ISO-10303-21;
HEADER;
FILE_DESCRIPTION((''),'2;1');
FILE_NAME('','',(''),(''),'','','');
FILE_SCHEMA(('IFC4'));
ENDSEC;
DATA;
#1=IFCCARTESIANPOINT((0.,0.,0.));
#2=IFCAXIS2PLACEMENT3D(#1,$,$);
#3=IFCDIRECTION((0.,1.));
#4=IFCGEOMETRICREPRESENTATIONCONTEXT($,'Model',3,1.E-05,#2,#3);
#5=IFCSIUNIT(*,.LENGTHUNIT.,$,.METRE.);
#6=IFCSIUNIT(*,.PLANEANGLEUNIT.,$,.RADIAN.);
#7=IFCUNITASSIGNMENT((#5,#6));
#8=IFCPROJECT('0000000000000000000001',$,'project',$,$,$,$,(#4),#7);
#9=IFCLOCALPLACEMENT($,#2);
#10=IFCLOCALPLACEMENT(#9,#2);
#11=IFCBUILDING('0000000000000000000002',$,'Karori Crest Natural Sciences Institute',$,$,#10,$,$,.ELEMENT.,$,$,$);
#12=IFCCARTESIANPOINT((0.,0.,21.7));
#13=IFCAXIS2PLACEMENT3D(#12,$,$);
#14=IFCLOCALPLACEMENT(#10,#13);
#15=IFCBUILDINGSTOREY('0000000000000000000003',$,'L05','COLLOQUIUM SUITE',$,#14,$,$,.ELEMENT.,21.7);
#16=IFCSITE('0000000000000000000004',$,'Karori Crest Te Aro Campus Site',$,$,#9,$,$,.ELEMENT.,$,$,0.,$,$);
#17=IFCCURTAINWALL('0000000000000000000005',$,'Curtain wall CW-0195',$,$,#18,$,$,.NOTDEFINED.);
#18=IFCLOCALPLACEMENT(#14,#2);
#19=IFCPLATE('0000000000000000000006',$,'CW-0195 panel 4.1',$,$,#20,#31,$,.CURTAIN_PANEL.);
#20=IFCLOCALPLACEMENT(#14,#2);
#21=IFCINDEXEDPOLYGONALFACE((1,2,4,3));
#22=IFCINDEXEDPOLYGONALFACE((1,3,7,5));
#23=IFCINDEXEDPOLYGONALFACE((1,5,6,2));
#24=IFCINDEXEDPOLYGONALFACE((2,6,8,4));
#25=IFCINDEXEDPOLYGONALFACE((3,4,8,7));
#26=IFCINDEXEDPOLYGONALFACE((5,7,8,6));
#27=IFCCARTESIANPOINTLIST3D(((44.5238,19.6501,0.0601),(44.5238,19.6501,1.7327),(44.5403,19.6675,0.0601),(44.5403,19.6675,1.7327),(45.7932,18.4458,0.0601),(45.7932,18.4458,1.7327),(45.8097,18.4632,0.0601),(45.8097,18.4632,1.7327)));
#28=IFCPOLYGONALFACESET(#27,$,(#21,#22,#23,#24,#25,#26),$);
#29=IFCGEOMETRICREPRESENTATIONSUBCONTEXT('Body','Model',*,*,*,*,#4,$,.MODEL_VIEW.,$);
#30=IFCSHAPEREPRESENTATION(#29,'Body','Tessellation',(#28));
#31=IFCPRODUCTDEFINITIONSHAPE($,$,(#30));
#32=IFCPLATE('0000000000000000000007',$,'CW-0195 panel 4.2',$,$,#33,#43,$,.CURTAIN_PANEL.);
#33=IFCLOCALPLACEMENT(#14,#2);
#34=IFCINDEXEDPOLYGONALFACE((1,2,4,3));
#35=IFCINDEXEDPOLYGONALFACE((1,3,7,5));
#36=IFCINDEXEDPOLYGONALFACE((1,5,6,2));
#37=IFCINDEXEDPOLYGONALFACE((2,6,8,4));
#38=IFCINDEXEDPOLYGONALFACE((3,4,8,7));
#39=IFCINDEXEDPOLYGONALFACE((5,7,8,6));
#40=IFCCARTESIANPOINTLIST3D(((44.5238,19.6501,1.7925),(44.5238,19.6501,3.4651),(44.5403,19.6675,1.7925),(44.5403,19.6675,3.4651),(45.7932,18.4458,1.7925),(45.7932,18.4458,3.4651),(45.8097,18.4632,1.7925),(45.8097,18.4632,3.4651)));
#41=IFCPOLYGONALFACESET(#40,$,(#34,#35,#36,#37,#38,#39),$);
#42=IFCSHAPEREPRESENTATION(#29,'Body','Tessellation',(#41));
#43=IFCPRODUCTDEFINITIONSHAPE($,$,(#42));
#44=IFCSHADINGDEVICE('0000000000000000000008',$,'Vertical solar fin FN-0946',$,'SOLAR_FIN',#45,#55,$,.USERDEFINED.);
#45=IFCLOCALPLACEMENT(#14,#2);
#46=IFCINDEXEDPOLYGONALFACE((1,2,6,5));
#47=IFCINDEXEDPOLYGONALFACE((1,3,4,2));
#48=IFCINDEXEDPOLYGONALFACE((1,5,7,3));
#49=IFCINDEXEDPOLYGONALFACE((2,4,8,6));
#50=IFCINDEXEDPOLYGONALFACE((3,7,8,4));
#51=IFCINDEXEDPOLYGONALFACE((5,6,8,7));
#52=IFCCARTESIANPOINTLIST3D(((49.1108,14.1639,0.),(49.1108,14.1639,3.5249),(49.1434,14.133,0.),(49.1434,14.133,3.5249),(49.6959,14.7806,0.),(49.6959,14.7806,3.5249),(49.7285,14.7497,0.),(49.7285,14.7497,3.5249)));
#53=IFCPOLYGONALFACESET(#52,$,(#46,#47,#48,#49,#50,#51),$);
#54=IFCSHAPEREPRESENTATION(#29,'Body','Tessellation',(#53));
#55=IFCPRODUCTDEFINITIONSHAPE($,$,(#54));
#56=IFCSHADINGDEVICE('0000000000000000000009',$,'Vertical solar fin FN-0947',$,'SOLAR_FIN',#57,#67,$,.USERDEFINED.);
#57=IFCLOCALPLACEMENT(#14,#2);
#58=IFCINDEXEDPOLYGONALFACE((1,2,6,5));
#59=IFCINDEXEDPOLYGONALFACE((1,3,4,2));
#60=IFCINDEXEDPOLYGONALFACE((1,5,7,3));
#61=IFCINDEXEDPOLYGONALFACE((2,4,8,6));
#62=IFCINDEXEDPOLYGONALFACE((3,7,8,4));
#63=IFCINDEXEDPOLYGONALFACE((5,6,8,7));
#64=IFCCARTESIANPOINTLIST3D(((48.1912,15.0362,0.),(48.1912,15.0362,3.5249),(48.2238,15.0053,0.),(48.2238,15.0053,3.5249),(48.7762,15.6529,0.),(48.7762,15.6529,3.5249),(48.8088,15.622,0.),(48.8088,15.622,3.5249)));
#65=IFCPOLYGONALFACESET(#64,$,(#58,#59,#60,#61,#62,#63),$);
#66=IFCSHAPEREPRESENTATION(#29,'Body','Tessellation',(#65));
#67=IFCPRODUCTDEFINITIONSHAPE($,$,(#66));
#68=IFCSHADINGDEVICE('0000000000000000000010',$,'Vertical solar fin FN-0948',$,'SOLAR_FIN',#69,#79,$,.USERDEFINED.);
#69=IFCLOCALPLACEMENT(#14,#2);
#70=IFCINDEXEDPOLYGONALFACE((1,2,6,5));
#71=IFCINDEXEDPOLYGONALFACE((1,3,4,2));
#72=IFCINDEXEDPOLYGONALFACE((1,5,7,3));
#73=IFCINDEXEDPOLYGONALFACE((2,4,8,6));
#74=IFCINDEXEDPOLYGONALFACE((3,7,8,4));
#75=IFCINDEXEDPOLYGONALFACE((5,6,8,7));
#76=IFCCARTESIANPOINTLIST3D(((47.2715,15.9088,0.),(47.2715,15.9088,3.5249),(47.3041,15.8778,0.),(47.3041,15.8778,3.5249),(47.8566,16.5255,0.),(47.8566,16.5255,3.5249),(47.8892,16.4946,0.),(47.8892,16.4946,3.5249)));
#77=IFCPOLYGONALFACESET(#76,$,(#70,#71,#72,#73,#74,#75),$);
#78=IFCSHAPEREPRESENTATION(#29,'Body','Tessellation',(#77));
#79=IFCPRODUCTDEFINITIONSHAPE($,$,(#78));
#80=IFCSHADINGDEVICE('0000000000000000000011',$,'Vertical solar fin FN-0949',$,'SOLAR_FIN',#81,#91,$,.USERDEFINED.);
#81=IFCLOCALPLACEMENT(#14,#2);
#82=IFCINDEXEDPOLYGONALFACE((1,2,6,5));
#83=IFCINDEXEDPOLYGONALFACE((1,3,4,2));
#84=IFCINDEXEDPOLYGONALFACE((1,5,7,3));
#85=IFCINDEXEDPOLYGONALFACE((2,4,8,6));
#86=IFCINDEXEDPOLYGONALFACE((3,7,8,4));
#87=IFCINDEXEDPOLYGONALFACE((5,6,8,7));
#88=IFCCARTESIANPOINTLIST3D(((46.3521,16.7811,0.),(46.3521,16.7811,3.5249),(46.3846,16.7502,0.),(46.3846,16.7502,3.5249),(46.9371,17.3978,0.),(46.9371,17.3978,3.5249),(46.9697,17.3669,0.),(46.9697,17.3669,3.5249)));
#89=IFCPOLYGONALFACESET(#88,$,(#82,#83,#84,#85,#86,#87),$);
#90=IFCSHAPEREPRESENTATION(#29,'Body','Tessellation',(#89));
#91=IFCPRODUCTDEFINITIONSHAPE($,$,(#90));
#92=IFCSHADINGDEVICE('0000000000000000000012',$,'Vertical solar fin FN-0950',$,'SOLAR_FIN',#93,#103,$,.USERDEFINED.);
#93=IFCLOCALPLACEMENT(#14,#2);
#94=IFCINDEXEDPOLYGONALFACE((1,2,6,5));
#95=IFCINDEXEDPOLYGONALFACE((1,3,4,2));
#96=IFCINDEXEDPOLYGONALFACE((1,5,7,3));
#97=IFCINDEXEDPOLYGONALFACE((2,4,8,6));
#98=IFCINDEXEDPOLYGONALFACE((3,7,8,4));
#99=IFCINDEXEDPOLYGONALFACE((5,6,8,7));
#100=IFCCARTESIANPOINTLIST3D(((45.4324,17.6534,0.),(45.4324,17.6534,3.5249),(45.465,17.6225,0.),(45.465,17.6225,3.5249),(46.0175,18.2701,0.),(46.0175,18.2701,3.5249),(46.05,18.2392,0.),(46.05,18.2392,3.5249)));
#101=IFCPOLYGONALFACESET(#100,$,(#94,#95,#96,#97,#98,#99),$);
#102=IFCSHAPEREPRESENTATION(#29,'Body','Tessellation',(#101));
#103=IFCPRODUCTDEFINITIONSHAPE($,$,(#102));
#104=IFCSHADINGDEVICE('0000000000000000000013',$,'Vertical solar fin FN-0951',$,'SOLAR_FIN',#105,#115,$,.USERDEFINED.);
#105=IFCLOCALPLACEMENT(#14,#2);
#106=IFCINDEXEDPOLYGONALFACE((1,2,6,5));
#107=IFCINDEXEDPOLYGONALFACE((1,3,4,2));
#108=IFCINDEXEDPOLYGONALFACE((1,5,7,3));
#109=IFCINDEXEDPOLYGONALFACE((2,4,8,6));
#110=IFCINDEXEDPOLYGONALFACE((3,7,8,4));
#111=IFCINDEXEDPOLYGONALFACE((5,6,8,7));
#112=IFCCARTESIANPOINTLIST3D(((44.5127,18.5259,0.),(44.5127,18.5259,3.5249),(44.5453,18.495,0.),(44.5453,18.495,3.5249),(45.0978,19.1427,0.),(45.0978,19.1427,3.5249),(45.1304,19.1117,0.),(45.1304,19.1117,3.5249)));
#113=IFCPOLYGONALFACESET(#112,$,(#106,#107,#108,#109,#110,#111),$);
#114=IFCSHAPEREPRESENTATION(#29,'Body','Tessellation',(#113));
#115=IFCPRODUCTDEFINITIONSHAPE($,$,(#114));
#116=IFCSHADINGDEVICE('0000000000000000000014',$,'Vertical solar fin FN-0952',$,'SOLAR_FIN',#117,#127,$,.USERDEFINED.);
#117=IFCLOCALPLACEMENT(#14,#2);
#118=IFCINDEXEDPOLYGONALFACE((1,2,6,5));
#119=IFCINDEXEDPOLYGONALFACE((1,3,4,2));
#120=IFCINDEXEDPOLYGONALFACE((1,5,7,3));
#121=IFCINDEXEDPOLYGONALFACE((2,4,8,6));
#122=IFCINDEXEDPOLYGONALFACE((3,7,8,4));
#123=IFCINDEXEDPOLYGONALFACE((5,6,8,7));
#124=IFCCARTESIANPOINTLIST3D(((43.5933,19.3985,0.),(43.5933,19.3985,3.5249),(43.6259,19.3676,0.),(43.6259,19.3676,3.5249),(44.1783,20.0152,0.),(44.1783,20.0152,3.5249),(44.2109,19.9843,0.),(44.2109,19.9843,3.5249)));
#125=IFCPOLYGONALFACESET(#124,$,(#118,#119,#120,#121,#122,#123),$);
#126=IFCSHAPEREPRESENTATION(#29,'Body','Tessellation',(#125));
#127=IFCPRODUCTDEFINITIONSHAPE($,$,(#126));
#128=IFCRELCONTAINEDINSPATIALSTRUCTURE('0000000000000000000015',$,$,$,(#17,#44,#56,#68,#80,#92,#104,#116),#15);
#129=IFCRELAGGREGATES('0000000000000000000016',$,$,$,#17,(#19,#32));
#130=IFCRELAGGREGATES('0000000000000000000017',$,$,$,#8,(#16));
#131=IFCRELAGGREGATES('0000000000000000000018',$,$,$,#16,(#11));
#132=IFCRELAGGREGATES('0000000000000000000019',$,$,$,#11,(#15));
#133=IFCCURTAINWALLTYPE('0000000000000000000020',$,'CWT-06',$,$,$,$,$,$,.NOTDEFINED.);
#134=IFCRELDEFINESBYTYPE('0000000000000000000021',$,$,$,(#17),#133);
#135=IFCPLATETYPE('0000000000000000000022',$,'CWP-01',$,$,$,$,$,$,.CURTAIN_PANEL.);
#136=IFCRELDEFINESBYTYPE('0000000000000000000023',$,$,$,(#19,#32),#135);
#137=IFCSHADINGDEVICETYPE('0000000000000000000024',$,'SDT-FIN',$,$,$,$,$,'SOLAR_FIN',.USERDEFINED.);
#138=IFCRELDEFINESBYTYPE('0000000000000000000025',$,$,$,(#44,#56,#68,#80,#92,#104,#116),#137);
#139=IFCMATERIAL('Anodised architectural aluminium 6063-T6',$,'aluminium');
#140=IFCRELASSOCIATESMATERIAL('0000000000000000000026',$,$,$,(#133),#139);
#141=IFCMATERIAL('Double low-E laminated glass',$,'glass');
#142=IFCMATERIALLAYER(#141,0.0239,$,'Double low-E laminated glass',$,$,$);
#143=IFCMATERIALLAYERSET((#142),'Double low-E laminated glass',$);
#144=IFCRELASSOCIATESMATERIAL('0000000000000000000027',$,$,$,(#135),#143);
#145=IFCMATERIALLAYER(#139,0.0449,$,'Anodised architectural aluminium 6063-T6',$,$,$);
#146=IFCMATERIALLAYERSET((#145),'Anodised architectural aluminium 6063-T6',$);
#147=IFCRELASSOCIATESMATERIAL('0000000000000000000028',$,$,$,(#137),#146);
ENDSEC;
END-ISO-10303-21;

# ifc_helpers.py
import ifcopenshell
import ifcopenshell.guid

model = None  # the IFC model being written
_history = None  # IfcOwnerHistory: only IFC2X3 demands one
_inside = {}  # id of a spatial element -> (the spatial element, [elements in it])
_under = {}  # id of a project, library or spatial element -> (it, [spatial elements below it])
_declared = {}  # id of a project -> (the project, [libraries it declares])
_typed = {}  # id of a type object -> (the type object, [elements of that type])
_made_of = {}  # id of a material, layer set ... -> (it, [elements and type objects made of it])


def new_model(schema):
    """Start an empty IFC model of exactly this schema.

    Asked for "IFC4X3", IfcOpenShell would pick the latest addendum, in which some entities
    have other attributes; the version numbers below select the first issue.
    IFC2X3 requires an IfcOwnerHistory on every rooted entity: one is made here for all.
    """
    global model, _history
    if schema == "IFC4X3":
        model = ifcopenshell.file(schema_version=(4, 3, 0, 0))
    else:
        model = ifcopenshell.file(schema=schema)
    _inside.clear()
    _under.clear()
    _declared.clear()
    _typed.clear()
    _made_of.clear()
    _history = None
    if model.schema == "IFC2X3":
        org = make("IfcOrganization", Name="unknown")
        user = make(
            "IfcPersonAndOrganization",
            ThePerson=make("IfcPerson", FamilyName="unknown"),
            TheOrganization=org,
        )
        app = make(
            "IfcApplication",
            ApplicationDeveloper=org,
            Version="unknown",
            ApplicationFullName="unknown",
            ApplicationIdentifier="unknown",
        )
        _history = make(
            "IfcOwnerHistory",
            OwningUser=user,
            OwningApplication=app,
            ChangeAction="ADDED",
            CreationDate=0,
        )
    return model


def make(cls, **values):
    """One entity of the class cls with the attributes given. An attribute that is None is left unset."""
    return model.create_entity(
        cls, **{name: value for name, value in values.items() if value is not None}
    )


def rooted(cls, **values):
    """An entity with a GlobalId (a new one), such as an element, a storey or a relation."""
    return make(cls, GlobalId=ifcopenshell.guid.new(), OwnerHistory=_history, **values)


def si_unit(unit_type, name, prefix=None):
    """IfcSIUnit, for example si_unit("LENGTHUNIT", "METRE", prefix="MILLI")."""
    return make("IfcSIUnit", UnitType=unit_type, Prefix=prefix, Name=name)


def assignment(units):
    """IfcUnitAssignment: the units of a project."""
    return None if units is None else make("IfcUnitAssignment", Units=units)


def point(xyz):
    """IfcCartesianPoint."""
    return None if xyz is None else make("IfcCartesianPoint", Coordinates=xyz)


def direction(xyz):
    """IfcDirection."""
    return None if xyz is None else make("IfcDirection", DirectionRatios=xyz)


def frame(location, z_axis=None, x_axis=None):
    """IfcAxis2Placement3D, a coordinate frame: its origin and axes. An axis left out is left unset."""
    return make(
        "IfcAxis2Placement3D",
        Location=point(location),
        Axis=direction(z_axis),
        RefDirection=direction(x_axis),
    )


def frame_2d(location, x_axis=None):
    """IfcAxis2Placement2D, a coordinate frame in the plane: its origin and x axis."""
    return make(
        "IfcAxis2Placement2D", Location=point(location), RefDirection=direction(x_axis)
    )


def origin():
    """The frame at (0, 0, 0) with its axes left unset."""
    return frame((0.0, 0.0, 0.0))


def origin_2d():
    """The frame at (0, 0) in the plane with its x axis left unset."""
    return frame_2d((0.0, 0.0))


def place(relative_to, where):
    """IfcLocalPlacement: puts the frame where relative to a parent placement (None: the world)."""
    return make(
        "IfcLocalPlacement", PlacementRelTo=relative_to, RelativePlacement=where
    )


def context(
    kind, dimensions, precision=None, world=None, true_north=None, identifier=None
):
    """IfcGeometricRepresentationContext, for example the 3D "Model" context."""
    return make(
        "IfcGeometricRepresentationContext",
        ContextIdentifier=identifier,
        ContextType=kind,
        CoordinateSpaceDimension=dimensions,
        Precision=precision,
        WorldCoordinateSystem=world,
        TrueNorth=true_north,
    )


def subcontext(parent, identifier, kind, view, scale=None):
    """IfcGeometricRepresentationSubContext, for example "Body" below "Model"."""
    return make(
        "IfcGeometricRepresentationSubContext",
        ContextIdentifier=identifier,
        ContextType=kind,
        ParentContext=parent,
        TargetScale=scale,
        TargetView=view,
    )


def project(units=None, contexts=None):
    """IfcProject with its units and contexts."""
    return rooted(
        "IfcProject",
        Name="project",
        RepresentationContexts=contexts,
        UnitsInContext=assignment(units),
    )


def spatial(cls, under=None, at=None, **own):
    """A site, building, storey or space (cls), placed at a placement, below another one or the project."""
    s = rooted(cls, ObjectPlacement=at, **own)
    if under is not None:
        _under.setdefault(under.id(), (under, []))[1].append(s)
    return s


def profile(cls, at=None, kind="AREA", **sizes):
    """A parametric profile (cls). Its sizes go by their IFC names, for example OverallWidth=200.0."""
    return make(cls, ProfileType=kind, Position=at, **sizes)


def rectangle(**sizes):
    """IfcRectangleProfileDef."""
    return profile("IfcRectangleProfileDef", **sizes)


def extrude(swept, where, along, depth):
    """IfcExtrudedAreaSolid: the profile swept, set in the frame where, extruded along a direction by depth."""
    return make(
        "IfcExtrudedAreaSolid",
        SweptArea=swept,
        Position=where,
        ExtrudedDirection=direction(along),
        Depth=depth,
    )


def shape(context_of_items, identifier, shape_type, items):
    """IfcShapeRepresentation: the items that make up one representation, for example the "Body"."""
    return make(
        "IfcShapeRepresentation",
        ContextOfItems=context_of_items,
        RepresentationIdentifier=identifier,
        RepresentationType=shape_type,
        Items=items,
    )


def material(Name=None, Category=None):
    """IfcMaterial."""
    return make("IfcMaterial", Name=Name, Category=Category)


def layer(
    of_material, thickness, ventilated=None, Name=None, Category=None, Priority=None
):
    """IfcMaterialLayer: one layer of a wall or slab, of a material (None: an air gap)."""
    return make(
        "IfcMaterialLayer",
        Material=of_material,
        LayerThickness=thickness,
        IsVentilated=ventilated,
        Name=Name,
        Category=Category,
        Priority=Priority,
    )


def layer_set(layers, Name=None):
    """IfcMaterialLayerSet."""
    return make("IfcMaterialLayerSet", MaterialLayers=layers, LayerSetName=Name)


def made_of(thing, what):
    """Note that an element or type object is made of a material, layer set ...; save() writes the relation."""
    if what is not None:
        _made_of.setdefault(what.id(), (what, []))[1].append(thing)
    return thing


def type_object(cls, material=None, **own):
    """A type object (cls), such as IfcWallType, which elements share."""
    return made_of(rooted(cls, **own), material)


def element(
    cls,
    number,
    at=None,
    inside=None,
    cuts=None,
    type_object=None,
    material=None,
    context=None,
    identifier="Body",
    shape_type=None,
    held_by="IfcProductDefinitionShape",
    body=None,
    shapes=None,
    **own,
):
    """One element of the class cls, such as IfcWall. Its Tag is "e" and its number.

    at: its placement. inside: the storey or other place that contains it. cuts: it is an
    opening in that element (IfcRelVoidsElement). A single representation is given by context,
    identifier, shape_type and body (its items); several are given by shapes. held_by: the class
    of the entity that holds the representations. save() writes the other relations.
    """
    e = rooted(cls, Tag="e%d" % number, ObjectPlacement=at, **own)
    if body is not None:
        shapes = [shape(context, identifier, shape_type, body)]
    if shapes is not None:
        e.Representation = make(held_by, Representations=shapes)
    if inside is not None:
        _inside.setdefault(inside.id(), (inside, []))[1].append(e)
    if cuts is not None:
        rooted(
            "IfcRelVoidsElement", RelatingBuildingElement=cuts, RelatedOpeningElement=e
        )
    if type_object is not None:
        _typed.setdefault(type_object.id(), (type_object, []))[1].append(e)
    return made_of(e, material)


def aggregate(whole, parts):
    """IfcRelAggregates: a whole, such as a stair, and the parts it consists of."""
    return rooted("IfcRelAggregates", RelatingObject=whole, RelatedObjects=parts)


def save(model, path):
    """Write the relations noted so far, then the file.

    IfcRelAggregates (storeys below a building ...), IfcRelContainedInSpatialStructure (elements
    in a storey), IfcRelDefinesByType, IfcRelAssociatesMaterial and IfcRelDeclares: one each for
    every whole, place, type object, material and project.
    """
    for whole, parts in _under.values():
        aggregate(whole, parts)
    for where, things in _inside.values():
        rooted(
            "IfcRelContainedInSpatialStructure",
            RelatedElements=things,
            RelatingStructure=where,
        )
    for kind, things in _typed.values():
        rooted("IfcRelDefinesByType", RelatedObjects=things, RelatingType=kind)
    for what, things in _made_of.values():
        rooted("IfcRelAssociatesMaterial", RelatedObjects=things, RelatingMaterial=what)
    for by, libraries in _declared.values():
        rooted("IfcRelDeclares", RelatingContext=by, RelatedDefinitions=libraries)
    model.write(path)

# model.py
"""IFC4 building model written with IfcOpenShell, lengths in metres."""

from ifc_helpers import new_model, si_unit, direction, frame, origin, origin_2d, place, context, subcontext, project, spatial, rectangle, extrude, material, layer, layer_set, type_object, element, aggregate, save


model = new_model("IFC4")

# Units and contexts
model_context = context("Model", 3, precision=1e-05, world=origin(), true_north=direction((0.0, 1.0)))
body_context = subcontext(model_context, "Body", "Model", "MODEL_VIEW")
ifc_project = project(units=[si_unit("LENGTHUNIT", "METRE"), si_unit("PLANEANGLEUNIT", "RADIAN")], contexts=[model_context])

# Site, building, storey
site_placement = place(None, origin())
site = spatial("IfcSite", under=ifc_project, at=site_placement, Name="Karori Crest Te Aro Campus Site", CompositionType="ELEMENT", RefElevation=0.0)
building_placement = place(site_placement, origin())
building = spatial("IfcBuilding", under=site, at=building_placement, Name="Karori Crest Natural Sciences Institute", CompositionType="ELEMENT")
storey_placement = place(building_placement, frame((0.0, 0.0, 21.7)))
storey = spatial("IfcBuildingStorey", under=building, at=storey_placement, Name="L05", Description="COLLOQUIUM SUITE", CompositionType="ELEMENT", Elevation=21.7)

# Curtain wall, plates
ifc_material_1 = material(Name="Anodised architectural aluminium 6063-T6", Category="aluminium")
curtain_wall_type = type_object("IfcCurtainWallType", Name="CWT-06", PredefinedType="NOTDEFINED", material=ifc_material_1)
curtain_wall_placement = place(storey_placement, origin())
curtain_wall = element("IfcCurtainWall", 1, at=curtain_wall_placement, inside=storey, type_object=curtain_wall_type, Name="Curtain wall CW-0195", PredefinedType="NOTDEFINED")
ifc_material_2 = material(Name="Double low-E laminated glass", Category="glass")
ifc_layer_1 = layer(ifc_material_2, 0.0239, Name="Double low-E laminated glass")
ifc_layer_set_1 = layer_set([ifc_layer_1], Name="Double low-E laminated glass")
plate_type = type_object("IfcPlateType", Name="CWP-01", PredefinedType="CURTAIN_PANEL", material=ifc_layer_set_1)
plate_1_placement = place(storey_placement, frame((45.1667, 19.0566, 0.0601), z_axis=(0.0, 0.0, 1.0), x_axis=(-0.725471, 0.688252, 0.0)))
plate_1 = element("IfcPlate", 2, at=plate_1_placement, type_object=plate_type, Name="CW-0195 panel 4.1", PredefinedType="CURTAIN_PANEL", context=body_context, shape_type="SweptSolid", body=[
    extrude(rectangle(XDim=1.7498, YDim=0.0239, at=origin_2d()), origin(), (0.0, 0.0, 1.0), 1.6726),
])
plate_2_placement = place(storey_placement, frame((45.1667, 19.0566, 1.7925), z_axis=(0.0, 0.0, 1.0), x_axis=(-0.725471, 0.688252, 0.0)))
plate_2 = element("IfcPlate", 3, at=plate_2_placement, type_object=plate_type, Name="CW-0195 panel 4.2", PredefinedType="CURTAIN_PANEL", context=body_context, shape_type="SweptSolid", body=[
    extrude(rectangle(XDim=1.7498, YDim=0.0239, at=origin_2d()), origin(), (0.0, 0.0, 1.0), 1.6726),
])
aggregate(curtain_wall, [plate_1, plate_2])

# Shading devices
ifc_layer_2 = layer(ifc_material_1, 0.0449, Name="Anodised architectural aluminium 6063-T6")
ifc_layer_set_2 = layer_set([ifc_layer_2], Name="Anodised architectural aluminium 6063-T6")
shading_device_type = type_object("IfcShadingDeviceType", Name="SDT-FIN", ElementType="SOLAR_FIN", PredefinedType="USERDEFINED", material=ifc_layer_set_2)
for number, where, z_axis, x_axis, name in (
    (4, (49.4197, 14.4568, 0.0), (0.0, 0.0, 1.0), (-0.688252, -0.725472, 0.0), "Vertical solar fin FN-0946"),
    (5, (48.5, 15.3291, 0.0), (0.0, 0.0, 1.0), (-0.688252, -0.725472, 0.0), "Vertical solar fin FN-0947"),
    (6, (47.5803, 16.2017, 0.0), (0.0, 0.0, 1.0), (-0.688252, -0.725472, 0.0), "Vertical solar fin FN-0948"),
    (7, (46.6609, 17.074, 0.0), (0.0, 0.0, 1.0), (-0.688252, -0.725472, 0.0), "Vertical solar fin FN-0949"),
    (8, (45.7412, 17.9463, 0.0), (0.0, 0.0, 1.0), (-0.688252, -0.725472, 0.0), "Vertical solar fin FN-0950"),
    (9, (44.8215, 18.8188, 0.0), (0.0, 0.0, 1.0), (-0.688252, -0.725472, 0.0), "Vertical solar fin FN-0951"),
    (10, (43.9021, 19.6914, 0.0), (0.0, 0.0, 1.0), (-0.688252, -0.725472, 0.0), "Vertical solar fin FN-0952"),
):
    element("IfcShadingDevice", number, at=place(storey_placement, frame(where, z_axis=z_axis, x_axis=x_axis)), inside=storey, type_object=shading_device_type, Name=name, ObjectType="SOLAR_FIN", PredefinedType="USERDEFINED", context=body_context, shape_type="SweptSolid", body=[
        extrude(rectangle(XDim=0.8501, YDim=0.0449, at=origin_2d()), origin(), (0.0, 0.0, 1.0), 3.5249),
    ])

save(model, "model.ifc")
